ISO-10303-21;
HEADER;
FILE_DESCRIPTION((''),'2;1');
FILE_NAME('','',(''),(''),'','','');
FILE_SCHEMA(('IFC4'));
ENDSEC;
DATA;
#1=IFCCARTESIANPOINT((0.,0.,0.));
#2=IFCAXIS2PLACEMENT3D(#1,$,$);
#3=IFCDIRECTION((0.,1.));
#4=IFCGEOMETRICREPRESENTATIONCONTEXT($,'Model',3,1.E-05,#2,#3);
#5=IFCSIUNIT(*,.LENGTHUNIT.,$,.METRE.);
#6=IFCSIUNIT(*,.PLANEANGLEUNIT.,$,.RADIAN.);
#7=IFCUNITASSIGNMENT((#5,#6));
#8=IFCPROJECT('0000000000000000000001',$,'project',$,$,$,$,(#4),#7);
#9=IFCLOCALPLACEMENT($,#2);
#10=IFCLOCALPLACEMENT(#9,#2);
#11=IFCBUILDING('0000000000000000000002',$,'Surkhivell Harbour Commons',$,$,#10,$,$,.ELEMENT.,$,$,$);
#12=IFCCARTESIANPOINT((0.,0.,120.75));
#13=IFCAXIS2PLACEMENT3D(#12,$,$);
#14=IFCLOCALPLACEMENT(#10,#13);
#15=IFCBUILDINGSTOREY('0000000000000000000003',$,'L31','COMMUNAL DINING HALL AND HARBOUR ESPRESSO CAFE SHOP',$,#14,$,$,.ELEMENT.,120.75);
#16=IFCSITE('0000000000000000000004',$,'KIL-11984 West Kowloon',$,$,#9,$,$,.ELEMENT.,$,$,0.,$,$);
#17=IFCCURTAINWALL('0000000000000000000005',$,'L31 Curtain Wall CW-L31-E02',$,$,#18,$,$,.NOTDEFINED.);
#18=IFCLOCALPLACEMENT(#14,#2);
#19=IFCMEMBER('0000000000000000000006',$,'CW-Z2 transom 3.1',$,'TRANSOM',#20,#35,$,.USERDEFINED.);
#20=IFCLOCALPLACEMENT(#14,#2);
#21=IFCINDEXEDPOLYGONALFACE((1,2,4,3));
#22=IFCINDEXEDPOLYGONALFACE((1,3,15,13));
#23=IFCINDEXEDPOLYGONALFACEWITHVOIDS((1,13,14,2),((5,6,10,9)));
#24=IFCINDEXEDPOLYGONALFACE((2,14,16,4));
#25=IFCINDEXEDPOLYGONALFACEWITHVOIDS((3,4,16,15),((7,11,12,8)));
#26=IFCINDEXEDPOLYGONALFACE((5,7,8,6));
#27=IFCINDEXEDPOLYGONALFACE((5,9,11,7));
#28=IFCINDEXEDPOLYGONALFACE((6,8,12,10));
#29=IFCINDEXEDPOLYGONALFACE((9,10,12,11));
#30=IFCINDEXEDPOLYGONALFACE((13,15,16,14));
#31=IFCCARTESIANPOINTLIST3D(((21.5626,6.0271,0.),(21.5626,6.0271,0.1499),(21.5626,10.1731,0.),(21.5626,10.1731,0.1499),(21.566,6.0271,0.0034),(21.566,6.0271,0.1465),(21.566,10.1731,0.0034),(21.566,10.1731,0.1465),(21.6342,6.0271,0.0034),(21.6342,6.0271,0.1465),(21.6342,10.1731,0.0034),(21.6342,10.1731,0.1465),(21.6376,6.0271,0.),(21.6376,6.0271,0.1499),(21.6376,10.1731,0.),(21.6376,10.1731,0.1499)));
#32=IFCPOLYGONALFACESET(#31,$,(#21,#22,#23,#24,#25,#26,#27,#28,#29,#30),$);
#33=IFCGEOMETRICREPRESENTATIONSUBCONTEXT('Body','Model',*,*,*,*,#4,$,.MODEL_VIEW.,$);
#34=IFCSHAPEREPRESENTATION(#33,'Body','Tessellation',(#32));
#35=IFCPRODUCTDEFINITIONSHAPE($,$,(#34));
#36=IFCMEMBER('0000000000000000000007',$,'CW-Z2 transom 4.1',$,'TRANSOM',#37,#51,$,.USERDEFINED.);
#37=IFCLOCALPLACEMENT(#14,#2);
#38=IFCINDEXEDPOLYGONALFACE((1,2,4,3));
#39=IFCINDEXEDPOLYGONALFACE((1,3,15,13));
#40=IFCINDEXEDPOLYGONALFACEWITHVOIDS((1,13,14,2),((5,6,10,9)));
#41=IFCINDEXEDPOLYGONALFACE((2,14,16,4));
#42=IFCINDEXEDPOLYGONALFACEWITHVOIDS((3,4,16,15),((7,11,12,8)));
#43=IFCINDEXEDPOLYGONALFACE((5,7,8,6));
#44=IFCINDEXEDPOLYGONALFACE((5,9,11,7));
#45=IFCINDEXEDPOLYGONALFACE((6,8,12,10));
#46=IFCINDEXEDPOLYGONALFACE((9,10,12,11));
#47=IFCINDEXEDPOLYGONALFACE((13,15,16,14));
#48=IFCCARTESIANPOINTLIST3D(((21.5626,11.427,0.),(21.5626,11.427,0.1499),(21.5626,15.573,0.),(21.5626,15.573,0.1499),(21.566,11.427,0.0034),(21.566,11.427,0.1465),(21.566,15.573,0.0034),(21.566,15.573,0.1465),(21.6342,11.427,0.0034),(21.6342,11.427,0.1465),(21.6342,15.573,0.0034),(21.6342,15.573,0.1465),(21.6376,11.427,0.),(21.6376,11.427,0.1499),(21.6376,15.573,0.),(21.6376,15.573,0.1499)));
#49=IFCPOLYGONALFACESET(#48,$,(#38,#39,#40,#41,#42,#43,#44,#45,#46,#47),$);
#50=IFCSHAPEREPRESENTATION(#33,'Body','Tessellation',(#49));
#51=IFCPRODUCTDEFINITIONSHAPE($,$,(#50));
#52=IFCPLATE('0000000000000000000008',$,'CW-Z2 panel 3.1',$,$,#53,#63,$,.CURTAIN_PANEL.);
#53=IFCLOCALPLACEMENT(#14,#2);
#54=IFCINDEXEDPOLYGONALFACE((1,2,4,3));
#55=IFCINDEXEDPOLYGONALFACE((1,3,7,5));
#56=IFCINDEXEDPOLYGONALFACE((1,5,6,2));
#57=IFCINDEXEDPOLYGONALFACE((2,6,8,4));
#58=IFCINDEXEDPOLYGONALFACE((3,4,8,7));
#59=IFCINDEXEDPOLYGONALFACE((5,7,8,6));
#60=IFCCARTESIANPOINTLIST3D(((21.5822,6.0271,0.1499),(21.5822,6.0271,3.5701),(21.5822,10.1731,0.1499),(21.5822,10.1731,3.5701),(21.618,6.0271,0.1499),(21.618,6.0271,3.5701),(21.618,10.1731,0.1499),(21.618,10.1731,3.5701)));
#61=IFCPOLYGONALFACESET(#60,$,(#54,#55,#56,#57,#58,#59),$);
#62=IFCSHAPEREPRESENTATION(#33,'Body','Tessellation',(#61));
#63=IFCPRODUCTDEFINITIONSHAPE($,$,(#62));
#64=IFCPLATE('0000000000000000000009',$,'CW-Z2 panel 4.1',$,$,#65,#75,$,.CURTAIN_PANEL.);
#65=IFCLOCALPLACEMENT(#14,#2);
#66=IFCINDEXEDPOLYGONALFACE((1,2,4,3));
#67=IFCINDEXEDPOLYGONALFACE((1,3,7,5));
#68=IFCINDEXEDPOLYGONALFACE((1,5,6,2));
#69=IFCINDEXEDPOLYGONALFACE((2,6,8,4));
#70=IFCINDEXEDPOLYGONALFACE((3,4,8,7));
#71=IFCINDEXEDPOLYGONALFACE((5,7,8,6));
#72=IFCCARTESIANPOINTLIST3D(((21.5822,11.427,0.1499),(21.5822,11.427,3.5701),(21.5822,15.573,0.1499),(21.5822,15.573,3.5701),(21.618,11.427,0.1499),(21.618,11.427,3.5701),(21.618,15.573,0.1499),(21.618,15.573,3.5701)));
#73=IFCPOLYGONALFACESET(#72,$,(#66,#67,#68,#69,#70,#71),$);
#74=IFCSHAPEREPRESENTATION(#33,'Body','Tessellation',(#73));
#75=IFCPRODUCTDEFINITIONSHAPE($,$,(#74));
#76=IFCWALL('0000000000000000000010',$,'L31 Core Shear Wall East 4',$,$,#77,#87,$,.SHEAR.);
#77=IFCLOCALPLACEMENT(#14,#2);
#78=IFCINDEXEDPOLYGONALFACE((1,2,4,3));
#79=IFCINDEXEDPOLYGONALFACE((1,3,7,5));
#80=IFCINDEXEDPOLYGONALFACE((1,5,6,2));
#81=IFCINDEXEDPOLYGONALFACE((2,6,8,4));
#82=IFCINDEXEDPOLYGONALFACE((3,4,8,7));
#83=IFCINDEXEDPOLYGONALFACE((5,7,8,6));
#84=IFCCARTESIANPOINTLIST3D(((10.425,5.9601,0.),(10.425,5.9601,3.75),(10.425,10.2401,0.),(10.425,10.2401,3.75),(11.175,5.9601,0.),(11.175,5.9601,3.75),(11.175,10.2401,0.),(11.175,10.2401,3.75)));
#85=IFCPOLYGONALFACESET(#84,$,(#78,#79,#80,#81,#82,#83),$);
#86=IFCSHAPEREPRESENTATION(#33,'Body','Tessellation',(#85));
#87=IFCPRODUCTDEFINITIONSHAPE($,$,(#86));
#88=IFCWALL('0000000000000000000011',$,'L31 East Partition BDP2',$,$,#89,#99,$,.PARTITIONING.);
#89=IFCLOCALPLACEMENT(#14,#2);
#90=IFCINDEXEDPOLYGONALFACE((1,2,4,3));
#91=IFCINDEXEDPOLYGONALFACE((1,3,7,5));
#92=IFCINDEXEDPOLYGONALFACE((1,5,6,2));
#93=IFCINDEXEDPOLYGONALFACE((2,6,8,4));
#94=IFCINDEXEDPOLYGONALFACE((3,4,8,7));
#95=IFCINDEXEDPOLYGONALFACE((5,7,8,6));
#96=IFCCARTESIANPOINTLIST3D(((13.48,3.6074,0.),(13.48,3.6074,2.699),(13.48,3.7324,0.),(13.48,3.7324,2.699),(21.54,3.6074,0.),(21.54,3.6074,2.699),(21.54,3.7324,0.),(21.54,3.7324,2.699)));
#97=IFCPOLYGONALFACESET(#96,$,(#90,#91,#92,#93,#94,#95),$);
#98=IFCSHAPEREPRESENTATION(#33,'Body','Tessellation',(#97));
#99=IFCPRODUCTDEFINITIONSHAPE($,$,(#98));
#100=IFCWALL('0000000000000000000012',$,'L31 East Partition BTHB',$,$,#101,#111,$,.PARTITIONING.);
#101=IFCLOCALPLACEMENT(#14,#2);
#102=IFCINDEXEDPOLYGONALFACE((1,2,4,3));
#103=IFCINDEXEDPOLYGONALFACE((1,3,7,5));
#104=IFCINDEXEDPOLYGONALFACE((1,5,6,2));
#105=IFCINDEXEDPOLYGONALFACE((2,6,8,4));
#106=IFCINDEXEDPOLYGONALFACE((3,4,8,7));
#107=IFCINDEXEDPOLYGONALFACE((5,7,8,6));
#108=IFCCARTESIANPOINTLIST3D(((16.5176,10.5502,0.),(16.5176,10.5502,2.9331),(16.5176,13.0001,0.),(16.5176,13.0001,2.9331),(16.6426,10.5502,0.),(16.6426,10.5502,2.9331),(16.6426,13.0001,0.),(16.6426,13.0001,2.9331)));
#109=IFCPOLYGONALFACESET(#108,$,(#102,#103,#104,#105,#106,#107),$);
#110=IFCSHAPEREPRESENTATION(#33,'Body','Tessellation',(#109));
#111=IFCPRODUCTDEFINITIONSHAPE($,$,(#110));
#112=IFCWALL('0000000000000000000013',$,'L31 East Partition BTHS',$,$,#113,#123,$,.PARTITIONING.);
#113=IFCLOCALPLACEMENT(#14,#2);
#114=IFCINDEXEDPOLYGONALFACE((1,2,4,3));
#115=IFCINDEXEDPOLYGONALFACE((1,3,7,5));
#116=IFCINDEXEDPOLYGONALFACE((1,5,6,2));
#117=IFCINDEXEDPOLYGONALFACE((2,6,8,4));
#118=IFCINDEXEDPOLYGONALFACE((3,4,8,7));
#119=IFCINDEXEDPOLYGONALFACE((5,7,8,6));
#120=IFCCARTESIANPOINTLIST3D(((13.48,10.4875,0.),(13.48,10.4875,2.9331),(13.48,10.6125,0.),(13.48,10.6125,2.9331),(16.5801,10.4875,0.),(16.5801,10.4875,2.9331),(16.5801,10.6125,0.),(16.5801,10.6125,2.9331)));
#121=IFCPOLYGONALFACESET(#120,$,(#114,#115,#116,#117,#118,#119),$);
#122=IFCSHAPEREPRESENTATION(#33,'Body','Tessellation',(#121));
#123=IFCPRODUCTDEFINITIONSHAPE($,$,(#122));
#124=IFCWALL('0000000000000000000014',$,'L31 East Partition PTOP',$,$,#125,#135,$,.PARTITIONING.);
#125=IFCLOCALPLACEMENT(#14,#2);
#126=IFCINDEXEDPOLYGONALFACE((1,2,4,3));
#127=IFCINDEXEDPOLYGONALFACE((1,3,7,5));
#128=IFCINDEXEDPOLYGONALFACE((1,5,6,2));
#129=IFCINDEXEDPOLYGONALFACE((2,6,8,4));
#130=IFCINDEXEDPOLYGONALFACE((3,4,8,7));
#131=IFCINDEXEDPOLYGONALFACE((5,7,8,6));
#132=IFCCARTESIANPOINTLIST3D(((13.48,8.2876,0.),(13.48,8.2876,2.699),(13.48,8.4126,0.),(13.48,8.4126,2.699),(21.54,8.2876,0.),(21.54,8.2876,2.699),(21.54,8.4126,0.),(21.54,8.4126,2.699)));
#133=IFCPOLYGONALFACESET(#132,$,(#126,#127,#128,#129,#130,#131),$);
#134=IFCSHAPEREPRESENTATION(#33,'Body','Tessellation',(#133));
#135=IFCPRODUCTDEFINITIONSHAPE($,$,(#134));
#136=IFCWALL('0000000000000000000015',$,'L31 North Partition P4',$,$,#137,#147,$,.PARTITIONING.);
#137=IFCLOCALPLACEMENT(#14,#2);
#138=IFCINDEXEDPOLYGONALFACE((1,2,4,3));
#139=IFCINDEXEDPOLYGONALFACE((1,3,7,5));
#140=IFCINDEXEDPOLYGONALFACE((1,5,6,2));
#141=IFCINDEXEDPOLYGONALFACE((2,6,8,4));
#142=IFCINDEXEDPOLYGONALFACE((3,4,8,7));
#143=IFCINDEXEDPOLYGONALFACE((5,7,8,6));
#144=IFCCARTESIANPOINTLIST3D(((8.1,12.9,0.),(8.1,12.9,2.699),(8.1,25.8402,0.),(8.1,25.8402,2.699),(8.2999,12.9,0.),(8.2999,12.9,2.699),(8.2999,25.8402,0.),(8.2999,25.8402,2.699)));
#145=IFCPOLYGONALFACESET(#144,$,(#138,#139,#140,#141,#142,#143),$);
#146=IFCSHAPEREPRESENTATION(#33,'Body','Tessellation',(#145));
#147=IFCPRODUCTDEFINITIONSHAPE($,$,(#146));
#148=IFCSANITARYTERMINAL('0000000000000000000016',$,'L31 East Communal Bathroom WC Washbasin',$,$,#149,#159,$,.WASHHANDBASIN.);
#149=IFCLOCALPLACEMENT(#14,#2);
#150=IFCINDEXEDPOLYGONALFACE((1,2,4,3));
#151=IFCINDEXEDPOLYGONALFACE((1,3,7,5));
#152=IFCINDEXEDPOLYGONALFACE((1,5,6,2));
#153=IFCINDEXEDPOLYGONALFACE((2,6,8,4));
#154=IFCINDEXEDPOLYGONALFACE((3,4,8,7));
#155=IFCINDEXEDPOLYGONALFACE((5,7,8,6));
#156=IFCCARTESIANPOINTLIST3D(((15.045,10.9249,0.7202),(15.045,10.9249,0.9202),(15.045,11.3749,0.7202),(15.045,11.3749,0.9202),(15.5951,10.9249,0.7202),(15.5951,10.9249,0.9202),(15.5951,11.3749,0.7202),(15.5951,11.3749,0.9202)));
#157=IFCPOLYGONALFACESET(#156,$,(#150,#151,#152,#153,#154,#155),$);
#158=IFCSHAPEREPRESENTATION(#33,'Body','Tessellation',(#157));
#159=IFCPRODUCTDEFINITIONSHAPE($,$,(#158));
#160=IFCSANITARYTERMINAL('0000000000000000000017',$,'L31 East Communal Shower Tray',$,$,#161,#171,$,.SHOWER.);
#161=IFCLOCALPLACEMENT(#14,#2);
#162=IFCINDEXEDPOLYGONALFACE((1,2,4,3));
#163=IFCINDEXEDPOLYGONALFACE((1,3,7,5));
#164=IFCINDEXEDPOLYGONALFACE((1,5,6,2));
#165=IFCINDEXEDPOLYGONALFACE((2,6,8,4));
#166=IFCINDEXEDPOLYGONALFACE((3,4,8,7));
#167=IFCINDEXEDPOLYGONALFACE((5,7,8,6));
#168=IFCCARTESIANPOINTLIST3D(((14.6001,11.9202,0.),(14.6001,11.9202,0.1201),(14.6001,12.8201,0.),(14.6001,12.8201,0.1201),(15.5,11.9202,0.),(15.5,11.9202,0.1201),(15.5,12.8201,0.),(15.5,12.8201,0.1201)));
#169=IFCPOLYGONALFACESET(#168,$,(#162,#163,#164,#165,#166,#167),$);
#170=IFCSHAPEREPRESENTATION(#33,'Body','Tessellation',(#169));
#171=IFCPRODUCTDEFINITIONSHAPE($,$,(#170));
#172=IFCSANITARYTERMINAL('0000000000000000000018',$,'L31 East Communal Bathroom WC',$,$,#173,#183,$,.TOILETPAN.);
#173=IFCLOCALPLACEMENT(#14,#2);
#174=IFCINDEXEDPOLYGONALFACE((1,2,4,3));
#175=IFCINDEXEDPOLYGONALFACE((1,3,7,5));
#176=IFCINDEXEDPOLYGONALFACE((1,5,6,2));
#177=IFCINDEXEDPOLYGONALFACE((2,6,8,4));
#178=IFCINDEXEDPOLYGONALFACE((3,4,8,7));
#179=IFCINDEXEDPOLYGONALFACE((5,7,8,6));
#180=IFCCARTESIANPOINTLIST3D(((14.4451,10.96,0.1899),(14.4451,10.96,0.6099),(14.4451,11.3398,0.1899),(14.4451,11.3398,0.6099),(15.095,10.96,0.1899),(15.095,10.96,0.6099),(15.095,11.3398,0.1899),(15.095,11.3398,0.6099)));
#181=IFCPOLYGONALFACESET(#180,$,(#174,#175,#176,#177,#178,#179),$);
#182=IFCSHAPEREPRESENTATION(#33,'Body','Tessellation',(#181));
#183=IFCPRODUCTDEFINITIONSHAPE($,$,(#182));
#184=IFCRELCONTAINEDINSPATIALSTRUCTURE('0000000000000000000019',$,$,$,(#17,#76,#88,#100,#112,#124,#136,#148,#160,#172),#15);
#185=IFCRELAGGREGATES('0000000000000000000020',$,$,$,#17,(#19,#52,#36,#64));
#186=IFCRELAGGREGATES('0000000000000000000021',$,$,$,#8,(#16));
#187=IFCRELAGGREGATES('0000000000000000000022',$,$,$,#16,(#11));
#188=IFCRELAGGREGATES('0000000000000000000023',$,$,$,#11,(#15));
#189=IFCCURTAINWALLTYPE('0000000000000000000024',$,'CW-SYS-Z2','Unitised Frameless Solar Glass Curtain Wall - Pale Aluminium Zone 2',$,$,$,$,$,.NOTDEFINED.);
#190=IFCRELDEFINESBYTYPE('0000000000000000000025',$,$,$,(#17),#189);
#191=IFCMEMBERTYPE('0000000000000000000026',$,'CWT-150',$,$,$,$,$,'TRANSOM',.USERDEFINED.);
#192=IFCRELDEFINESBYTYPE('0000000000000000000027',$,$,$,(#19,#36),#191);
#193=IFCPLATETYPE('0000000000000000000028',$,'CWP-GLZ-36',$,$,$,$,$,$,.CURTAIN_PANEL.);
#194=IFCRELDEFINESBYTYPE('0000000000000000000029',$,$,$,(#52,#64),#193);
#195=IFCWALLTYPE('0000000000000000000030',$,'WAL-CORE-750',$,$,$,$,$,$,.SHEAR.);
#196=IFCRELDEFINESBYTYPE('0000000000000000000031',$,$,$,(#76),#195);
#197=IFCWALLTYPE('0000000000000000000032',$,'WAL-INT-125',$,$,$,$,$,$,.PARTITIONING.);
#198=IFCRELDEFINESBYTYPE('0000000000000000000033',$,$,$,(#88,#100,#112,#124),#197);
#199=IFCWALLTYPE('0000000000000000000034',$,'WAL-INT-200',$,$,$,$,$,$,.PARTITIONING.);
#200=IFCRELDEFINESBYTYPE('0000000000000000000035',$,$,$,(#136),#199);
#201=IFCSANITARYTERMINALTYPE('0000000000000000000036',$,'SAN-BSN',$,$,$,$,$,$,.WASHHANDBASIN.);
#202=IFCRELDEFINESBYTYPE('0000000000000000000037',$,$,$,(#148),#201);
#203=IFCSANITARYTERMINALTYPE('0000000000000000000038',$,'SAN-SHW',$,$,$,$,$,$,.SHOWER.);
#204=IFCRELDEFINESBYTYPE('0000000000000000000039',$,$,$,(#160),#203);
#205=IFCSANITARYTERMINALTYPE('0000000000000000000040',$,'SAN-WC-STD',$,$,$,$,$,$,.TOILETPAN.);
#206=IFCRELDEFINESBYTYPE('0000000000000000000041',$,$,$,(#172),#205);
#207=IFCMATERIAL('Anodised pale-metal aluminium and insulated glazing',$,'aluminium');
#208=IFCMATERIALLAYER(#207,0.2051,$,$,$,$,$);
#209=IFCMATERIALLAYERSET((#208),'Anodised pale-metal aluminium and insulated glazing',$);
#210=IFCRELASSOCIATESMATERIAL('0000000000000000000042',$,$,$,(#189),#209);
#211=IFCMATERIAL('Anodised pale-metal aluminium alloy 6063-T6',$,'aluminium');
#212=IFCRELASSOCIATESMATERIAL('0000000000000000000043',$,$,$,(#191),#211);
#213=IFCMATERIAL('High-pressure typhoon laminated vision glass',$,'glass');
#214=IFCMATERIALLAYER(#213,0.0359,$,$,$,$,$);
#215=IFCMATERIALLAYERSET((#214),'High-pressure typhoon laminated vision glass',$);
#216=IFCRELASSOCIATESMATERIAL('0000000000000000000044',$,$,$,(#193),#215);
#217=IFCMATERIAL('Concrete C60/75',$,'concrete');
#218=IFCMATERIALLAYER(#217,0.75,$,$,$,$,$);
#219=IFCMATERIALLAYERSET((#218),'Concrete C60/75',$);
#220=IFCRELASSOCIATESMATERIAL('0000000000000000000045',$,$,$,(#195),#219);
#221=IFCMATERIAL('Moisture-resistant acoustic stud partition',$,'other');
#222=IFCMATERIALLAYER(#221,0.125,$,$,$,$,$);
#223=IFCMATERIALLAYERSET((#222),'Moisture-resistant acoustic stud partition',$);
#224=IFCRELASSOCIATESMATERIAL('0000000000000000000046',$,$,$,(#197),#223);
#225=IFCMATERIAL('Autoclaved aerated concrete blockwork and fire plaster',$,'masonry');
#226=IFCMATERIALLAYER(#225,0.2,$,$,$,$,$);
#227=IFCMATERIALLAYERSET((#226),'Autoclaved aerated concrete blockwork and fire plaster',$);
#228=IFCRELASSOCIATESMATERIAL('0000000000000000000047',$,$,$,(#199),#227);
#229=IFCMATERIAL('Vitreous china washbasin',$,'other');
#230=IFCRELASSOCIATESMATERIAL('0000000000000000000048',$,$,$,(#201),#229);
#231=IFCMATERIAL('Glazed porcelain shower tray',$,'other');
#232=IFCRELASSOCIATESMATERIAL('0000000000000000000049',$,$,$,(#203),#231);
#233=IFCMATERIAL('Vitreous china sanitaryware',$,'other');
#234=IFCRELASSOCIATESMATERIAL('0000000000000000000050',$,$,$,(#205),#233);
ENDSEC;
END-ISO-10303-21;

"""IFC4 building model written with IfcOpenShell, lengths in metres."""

from ifc_helpers import new_model, si_unit, direction, frame, frame_2d, origin, origin_2d, place, context, subcontext, project, spatial, rectangle, hollow_rectangle, extrude, material, layer, layer_set, material_profile, profile_set, type_object, element, aggregate, save


model = new_model("IFC4")

# Units and contexts
model_context = context("Model", 3, precision=1e-05, world=origin(), true_north=direction((0.0, 1.0)))
body_context = subcontext(model_context, "Body", "Model", "MODEL_VIEW")
ifc_project = project(units=[si_unit("LENGTHUNIT", "METRE"), si_unit("PLANEANGLEUNIT", "RADIAN")], contexts=[model_context])

# Site, building, storey
site_placement = place(None, origin())
site = spatial("IfcSite", under=ifc_project, at=site_placement, Name="KIL-11984 West Kowloon", CompositionType="ELEMENT", RefElevation=0.0)
building_placement = place(site_placement, origin())
building = spatial("IfcBuilding", under=site, at=building_placement, Name="Surkhivell Harbour Commons", CompositionType="ELEMENT")
storey_placement = place(building_placement, frame((0.0, 0.0, 120.75)))
storey = spatial("IfcBuildingStorey", under=building, at=storey_placement, Name="L31", Description="COMMUNAL DINING HALL AND HARBOUR ESPRESSO CAFE SHOP", CompositionType="ELEMENT", Elevation=120.75)

# Shared definitions
ifc_material_1 = material(Name="Concrete C60/75", Category="concrete")

# Curtain wall, members, plates
ifc_material_2 = material(Name="Anodised pale-metal aluminium and insulated glazing", Category="aluminium")
ifc_layer_1 = layer(ifc_material_2, 0.2051)
ifc_layer_set_1 = layer_set([ifc_layer_1], Name="Anodised pale-metal aluminium and insulated glazing")
curtain_wall_type = type_object("IfcCurtainWallType", Name="CW-SYS-Z2", Description="Unitised Frameless Solar Glass Curtain Wall - Pale Aluminium Zone 2", PredefinedType="NOTDEFINED", material=ifc_layer_set_1)
curtain_wall_placement = place(storey_placement, origin())
curtain_wall = element("IfcCurtainWall", 1, at=curtain_wall_placement, inside=storey, type_object=curtain_wall_type, Name="L31 Curtain Wall CW-L31-E02", PredefinedType="NOTDEFINED")
ifc_material_3 = material(Name="Anodised pale-metal aluminium alloy 6063-T6", Category="aluminium")
ifc_material_profile_1 = material_profile(ifc_material_3, hollow_rectangle(XDim=0.075, YDim=0.1499, WallThickness=0.0034, at=origin_2d()), Name="ALU-TRAN-75x150")
ifc_profile_set_1 = profile_set([ifc_material_profile_1], Name="Anodised pale-metal aluminium alloy 6063-T6")
member_type_1 = type_object("IfcMemberType", Name="CWT-150", ElementType="TRANSOM", PredefinedType="USERDEFINED", material=ifc_profile_set_1)
member_1_placement = place(storey_placement, frame((21.6001, 6.0271, 0.075), z_axis=(0.0, 1.0, 0.0), x_axis=(-1.0, 0.0, 0.0)))
member_1 = element("IfcMember", 2, at=member_1_placement, type_object=member_type_1, Name="CW-Z2 transom 3.1", ObjectType="TRANSOM", PredefinedType="USERDEFINED", context=body_context, shape_type="SweptSolid", body=[
    extrude(hollow_rectangle(XDim=0.075, YDim=0.1499, WallThickness=0.0034, at=origin_2d()), origin(), (0.0, 0.0, 1.0), 4.146),
])
member_2_placement = place(storey_placement, frame((21.6001, 11.427, 0.075), z_axis=(0.0, 1.0, 0.0), x_axis=(-1.0, 0.0, 0.0)))
member_2 = element("IfcMember", 3, at=member_2_placement, type_object=member_type_1, Name="CW-Z2 transom 4.1", ObjectType="TRANSOM", PredefinedType="USERDEFINED", context=body_context, shape_type="SweptSolid", body=[
    extrude(hollow_rectangle(XDim=0.075, YDim=0.1499, WallThickness=0.0034, at=origin_2d()), origin(), (0.0, 0.0, 1.0), 4.146),
])
ifc_material_4 = material(Name="High-pressure typhoon laminated vision glass", Category="glass")
ifc_layer_2 = layer(ifc_material_4, 0.0359)
ifc_layer_set_2 = layer_set([ifc_layer_2], Name="High-pressure typhoon laminated vision glass")
plate_type = type_object("IfcPlateType", Name="CWP-GLZ-36", PredefinedType="CURTAIN_PANEL", material=ifc_layer_set_2)
plate_1_placement = place(storey_placement, frame((21.6001, 6.0271, 0.1499), z_axis=(0.0, 0.0, 1.0), x_axis=(0.0, 1.0, 0.0)))
plate_1 = element("IfcPlate", 4, at=plate_1_placement, type_object=plate_type, Name="CW-Z2 panel 3.1", PredefinedType="CURTAIN_PANEL", context=body_context, shape_type="SweptSolid", body=[
    extrude(rectangle(XDim=4.146, YDim=0.0359, at=frame_2d((2.073, 0.0))), origin(), (0.0, 0.0, 1.0), 3.4202),
])
plate_2_placement = place(storey_placement, frame((21.6001, 11.427, 0.1499), z_axis=(0.0, 0.0, 1.0), x_axis=(0.0, 1.0, 0.0)))
plate_2 = element("IfcPlate", 5, at=plate_2_placement, type_object=plate_type, Name="CW-Z2 panel 4.1", PredefinedType="CURTAIN_PANEL", context=body_context, shape_type="SweptSolid", body=[
    extrude(rectangle(XDim=4.146, YDim=0.0359, at=frame_2d((2.073, 0.0))), origin(), (0.0, 0.0, 1.0), 3.4202),
])
aggregate(curtain_wall, [member_1, plate_1, member_2, plate_2])

# Walls
ifc_layer_3 = layer(ifc_material_1, 0.75)
ifc_layer_set_3 = layer_set([ifc_layer_3], Name="Concrete C60/75")
wall_type_1 = type_object("IfcWallType", Name="WAL-CORE-750", PredefinedType="SHEAR", material=ifc_layer_set_3)
wall_1_placement = place(storey_placement, frame((10.8, 5.96, 0.0), z_axis=(0.0, 0.0, 1.0), x_axis=(0.0, 1.0, 0.0)))
element("IfcWall", 6, at=wall_1_placement, inside=storey, type_object=wall_type_1, Name="L31 Core Shear Wall East 4", PredefinedType="SHEAR", context=body_context, shape_type="SweptSolid", body=[
    extrude(rectangle(XDim=4.28, YDim=0.75, at=frame_2d((2.1401, 0.0))), origin(), (0.0, 0.0, 1.0), 3.75),
])
ifc_material_5 = material(Name="Moisture-resistant acoustic stud partition", Category="other")
ifc_layer_4 = layer(ifc_material_5, 0.125)
ifc_layer_set_4 = layer_set([ifc_layer_4], Name="Moisture-resistant acoustic stud partition")
wall_type_2 = type_object("IfcWallType", Name="WAL-INT-125", PredefinedType="PARTITIONING", material=ifc_layer_set_4)
wall_2_placement = place(storey_placement, frame((13.48, 3.6699, 0.0), z_axis=(0.0, 0.0, 1.0), x_axis=(1.0, 0.0, 0.0)))
element("IfcWall", 7, at=wall_2_placement, inside=storey, type_object=wall_type_2, Name="L31 East Partition BDP2", PredefinedType="PARTITIONING", context=body_context, shape_type="SweptSolid", body=[
    extrude(rectangle(XDim=8.0601, YDim=0.125, at=frame_2d((4.03, 0.0))), origin(), (0.0, 0.0, 1.0), 2.699),
])
wall_3_placement = place(storey_placement, frame((16.5801, 10.55, 0.0), z_axis=(0.0, 0.0, 1.0), x_axis=(0.0, 1.0, 0.0)))
element("IfcWall", 8, at=wall_3_placement, inside=storey, type_object=wall_type_2, Name="L31 East Partition BTHB", PredefinedType="PARTITIONING", context=body_context, shape_type="SweptSolid", body=[
    extrude(rectangle(XDim=2.45, YDim=0.125, at=frame_2d((1.2251, 0.0))), origin(), (0.0, 0.0, 1.0), 2.9331),
])
wall_4_placement = place(storey_placement, frame((13.48, 10.55, 0.0), z_axis=(0.0, 0.0, 1.0), x_axis=(1.0, 0.0, 0.0)))
element("IfcWall", 9, at=wall_4_placement, inside=storey, type_object=wall_type_2, Name="L31 East Partition BTHS", PredefinedType="PARTITIONING", context=body_context, shape_type="SweptSolid", body=[
    extrude(rectangle(XDim=3.1001, YDim=0.125, at=frame_2d((1.55, 0.0))), origin(), (0.0, 0.0, 1.0), 2.9331),
])
wall_5_placement = place(storey_placement, frame((13.48, 8.3501, 0.0), z_axis=(0.0, 0.0, 1.0), x_axis=(1.0, 0.0, 0.0)))
element("IfcWall", 10, at=wall_5_placement, inside=storey, type_object=wall_type_2, Name="L31 East Partition PTOP", PredefinedType="PARTITIONING", context=body_context, shape_type="SweptSolid", body=[
    extrude(rectangle(XDim=8.0601, YDim=0.125, at=frame_2d((4.03, 0.0))), origin(), (0.0, 0.0, 1.0), 2.699),
])
ifc_material_6 = material(Name="Autoclaved aerated concrete blockwork and fire plaster", Category="masonry")
ifc_layer_5 = layer(ifc_material_6, 0.2)
ifc_layer_set_5 = layer_set([ifc_layer_5], Name="Autoclaved aerated concrete blockwork and fire plaster")
wall_type_3 = type_object("IfcWallType", Name="WAL-INT-200", PredefinedType="PARTITIONING", material=ifc_layer_set_5)
wall_6_placement = place(storey_placement, frame((8.2, 12.8999, 0.0), z_axis=(0.0, 0.0, 1.0), x_axis=(0.0, 1.0, 0.0)))
element("IfcWall", 11, at=wall_6_placement, inside=storey, type_object=wall_type_3, Name="L31 North Partition P4", PredefinedType="PARTITIONING", context=body_context, shape_type="SweptSolid", body=[
    extrude(rectangle(XDim=12.9402, YDim=0.2, at=frame_2d((6.4702, 0.0))), origin(), (0.0, 0.0, 1.0), 2.699),
])

# Sanitary terminals
ifc_material_7 = material(Name="Vitreous china washbasin", Category="other")
sanitary_terminal_type_1 = type_object("IfcSanitaryTerminalType", Name="SAN-BSN", PredefinedType="WASHHANDBASIN", material=ifc_material_7)
sanitary_terminal_1_placement = place(storey_placement, frame((15.3201, 11.1499, 0.7202), z_axis=(0.0, 0.0, 1.0), x_axis=(1.0, 0.0, 0.0)))
element("IfcSanitaryTerminal", 12, at=sanitary_terminal_1_placement, inside=storey, type_object=sanitary_terminal_type_1, Name="L31 East Communal Bathroom WC Washbasin", PredefinedType="WASHHANDBASIN", context=body_context, shape_type="SweptSolid", body=[
    extrude(rectangle(XDim=0.55, YDim=0.45, at=origin_2d()), origin(), (0.0, 0.0, 1.0), 0.2),
])
ifc_material_8 = material(Name="Glazed porcelain shower tray", Category="other")
sanitary_terminal_type_2 = type_object("IfcSanitaryTerminalType", Name="SAN-SHW", PredefinedType="SHOWER", material=ifc_material_8)
sanitary_terminal_2_placement = place(storey_placement, frame((15.05, 12.3701, 0.0), z_axis=(0.0, 0.0, 1.0), x_axis=(1.0, 0.0, 0.0)))
element("IfcSanitaryTerminal", 13, at=sanitary_terminal_2_placement, inside=storey, type_object=sanitary_terminal_type_2, Name="L31 East Communal Shower Tray", PredefinedType="SHOWER", context=body_context, shape_type="SweptSolid", body=[
    extrude(rectangle(XDim=0.8999, YDim=0.8999, at=origin_2d()), origin(), (0.0, 0.0, 1.0), 0.1201),
])
ifc_material_9 = material(Name="Vitreous china sanitaryware", Category="other")
sanitary_terminal_type_3 = type_object("IfcSanitaryTerminalType", Name="SAN-WC-STD", PredefinedType="TOILETPAN", material=ifc_material_9)
sanitary_terminal_3_placement = place(storey_placement, frame((14.77, 11.1499, 0.1899), z_axis=(0.0, 0.0, 1.0), x_axis=(1.0, 0.0, 0.0)))
element("IfcSanitaryTerminal", 14, at=sanitary_terminal_3_placement, inside=storey, type_object=sanitary_terminal_type_3, Name="L31 East Communal Bathroom WC", PredefinedType="TOILETPAN", context=body_context, shape_type="SweptSolid", body=[
    extrude(rectangle(XDim=0.6499, YDim=0.3799, at=origin_2d()), origin(), (0.0, 0.0, 1.0), 0.4199),
])

save(model, "model.ifc")
